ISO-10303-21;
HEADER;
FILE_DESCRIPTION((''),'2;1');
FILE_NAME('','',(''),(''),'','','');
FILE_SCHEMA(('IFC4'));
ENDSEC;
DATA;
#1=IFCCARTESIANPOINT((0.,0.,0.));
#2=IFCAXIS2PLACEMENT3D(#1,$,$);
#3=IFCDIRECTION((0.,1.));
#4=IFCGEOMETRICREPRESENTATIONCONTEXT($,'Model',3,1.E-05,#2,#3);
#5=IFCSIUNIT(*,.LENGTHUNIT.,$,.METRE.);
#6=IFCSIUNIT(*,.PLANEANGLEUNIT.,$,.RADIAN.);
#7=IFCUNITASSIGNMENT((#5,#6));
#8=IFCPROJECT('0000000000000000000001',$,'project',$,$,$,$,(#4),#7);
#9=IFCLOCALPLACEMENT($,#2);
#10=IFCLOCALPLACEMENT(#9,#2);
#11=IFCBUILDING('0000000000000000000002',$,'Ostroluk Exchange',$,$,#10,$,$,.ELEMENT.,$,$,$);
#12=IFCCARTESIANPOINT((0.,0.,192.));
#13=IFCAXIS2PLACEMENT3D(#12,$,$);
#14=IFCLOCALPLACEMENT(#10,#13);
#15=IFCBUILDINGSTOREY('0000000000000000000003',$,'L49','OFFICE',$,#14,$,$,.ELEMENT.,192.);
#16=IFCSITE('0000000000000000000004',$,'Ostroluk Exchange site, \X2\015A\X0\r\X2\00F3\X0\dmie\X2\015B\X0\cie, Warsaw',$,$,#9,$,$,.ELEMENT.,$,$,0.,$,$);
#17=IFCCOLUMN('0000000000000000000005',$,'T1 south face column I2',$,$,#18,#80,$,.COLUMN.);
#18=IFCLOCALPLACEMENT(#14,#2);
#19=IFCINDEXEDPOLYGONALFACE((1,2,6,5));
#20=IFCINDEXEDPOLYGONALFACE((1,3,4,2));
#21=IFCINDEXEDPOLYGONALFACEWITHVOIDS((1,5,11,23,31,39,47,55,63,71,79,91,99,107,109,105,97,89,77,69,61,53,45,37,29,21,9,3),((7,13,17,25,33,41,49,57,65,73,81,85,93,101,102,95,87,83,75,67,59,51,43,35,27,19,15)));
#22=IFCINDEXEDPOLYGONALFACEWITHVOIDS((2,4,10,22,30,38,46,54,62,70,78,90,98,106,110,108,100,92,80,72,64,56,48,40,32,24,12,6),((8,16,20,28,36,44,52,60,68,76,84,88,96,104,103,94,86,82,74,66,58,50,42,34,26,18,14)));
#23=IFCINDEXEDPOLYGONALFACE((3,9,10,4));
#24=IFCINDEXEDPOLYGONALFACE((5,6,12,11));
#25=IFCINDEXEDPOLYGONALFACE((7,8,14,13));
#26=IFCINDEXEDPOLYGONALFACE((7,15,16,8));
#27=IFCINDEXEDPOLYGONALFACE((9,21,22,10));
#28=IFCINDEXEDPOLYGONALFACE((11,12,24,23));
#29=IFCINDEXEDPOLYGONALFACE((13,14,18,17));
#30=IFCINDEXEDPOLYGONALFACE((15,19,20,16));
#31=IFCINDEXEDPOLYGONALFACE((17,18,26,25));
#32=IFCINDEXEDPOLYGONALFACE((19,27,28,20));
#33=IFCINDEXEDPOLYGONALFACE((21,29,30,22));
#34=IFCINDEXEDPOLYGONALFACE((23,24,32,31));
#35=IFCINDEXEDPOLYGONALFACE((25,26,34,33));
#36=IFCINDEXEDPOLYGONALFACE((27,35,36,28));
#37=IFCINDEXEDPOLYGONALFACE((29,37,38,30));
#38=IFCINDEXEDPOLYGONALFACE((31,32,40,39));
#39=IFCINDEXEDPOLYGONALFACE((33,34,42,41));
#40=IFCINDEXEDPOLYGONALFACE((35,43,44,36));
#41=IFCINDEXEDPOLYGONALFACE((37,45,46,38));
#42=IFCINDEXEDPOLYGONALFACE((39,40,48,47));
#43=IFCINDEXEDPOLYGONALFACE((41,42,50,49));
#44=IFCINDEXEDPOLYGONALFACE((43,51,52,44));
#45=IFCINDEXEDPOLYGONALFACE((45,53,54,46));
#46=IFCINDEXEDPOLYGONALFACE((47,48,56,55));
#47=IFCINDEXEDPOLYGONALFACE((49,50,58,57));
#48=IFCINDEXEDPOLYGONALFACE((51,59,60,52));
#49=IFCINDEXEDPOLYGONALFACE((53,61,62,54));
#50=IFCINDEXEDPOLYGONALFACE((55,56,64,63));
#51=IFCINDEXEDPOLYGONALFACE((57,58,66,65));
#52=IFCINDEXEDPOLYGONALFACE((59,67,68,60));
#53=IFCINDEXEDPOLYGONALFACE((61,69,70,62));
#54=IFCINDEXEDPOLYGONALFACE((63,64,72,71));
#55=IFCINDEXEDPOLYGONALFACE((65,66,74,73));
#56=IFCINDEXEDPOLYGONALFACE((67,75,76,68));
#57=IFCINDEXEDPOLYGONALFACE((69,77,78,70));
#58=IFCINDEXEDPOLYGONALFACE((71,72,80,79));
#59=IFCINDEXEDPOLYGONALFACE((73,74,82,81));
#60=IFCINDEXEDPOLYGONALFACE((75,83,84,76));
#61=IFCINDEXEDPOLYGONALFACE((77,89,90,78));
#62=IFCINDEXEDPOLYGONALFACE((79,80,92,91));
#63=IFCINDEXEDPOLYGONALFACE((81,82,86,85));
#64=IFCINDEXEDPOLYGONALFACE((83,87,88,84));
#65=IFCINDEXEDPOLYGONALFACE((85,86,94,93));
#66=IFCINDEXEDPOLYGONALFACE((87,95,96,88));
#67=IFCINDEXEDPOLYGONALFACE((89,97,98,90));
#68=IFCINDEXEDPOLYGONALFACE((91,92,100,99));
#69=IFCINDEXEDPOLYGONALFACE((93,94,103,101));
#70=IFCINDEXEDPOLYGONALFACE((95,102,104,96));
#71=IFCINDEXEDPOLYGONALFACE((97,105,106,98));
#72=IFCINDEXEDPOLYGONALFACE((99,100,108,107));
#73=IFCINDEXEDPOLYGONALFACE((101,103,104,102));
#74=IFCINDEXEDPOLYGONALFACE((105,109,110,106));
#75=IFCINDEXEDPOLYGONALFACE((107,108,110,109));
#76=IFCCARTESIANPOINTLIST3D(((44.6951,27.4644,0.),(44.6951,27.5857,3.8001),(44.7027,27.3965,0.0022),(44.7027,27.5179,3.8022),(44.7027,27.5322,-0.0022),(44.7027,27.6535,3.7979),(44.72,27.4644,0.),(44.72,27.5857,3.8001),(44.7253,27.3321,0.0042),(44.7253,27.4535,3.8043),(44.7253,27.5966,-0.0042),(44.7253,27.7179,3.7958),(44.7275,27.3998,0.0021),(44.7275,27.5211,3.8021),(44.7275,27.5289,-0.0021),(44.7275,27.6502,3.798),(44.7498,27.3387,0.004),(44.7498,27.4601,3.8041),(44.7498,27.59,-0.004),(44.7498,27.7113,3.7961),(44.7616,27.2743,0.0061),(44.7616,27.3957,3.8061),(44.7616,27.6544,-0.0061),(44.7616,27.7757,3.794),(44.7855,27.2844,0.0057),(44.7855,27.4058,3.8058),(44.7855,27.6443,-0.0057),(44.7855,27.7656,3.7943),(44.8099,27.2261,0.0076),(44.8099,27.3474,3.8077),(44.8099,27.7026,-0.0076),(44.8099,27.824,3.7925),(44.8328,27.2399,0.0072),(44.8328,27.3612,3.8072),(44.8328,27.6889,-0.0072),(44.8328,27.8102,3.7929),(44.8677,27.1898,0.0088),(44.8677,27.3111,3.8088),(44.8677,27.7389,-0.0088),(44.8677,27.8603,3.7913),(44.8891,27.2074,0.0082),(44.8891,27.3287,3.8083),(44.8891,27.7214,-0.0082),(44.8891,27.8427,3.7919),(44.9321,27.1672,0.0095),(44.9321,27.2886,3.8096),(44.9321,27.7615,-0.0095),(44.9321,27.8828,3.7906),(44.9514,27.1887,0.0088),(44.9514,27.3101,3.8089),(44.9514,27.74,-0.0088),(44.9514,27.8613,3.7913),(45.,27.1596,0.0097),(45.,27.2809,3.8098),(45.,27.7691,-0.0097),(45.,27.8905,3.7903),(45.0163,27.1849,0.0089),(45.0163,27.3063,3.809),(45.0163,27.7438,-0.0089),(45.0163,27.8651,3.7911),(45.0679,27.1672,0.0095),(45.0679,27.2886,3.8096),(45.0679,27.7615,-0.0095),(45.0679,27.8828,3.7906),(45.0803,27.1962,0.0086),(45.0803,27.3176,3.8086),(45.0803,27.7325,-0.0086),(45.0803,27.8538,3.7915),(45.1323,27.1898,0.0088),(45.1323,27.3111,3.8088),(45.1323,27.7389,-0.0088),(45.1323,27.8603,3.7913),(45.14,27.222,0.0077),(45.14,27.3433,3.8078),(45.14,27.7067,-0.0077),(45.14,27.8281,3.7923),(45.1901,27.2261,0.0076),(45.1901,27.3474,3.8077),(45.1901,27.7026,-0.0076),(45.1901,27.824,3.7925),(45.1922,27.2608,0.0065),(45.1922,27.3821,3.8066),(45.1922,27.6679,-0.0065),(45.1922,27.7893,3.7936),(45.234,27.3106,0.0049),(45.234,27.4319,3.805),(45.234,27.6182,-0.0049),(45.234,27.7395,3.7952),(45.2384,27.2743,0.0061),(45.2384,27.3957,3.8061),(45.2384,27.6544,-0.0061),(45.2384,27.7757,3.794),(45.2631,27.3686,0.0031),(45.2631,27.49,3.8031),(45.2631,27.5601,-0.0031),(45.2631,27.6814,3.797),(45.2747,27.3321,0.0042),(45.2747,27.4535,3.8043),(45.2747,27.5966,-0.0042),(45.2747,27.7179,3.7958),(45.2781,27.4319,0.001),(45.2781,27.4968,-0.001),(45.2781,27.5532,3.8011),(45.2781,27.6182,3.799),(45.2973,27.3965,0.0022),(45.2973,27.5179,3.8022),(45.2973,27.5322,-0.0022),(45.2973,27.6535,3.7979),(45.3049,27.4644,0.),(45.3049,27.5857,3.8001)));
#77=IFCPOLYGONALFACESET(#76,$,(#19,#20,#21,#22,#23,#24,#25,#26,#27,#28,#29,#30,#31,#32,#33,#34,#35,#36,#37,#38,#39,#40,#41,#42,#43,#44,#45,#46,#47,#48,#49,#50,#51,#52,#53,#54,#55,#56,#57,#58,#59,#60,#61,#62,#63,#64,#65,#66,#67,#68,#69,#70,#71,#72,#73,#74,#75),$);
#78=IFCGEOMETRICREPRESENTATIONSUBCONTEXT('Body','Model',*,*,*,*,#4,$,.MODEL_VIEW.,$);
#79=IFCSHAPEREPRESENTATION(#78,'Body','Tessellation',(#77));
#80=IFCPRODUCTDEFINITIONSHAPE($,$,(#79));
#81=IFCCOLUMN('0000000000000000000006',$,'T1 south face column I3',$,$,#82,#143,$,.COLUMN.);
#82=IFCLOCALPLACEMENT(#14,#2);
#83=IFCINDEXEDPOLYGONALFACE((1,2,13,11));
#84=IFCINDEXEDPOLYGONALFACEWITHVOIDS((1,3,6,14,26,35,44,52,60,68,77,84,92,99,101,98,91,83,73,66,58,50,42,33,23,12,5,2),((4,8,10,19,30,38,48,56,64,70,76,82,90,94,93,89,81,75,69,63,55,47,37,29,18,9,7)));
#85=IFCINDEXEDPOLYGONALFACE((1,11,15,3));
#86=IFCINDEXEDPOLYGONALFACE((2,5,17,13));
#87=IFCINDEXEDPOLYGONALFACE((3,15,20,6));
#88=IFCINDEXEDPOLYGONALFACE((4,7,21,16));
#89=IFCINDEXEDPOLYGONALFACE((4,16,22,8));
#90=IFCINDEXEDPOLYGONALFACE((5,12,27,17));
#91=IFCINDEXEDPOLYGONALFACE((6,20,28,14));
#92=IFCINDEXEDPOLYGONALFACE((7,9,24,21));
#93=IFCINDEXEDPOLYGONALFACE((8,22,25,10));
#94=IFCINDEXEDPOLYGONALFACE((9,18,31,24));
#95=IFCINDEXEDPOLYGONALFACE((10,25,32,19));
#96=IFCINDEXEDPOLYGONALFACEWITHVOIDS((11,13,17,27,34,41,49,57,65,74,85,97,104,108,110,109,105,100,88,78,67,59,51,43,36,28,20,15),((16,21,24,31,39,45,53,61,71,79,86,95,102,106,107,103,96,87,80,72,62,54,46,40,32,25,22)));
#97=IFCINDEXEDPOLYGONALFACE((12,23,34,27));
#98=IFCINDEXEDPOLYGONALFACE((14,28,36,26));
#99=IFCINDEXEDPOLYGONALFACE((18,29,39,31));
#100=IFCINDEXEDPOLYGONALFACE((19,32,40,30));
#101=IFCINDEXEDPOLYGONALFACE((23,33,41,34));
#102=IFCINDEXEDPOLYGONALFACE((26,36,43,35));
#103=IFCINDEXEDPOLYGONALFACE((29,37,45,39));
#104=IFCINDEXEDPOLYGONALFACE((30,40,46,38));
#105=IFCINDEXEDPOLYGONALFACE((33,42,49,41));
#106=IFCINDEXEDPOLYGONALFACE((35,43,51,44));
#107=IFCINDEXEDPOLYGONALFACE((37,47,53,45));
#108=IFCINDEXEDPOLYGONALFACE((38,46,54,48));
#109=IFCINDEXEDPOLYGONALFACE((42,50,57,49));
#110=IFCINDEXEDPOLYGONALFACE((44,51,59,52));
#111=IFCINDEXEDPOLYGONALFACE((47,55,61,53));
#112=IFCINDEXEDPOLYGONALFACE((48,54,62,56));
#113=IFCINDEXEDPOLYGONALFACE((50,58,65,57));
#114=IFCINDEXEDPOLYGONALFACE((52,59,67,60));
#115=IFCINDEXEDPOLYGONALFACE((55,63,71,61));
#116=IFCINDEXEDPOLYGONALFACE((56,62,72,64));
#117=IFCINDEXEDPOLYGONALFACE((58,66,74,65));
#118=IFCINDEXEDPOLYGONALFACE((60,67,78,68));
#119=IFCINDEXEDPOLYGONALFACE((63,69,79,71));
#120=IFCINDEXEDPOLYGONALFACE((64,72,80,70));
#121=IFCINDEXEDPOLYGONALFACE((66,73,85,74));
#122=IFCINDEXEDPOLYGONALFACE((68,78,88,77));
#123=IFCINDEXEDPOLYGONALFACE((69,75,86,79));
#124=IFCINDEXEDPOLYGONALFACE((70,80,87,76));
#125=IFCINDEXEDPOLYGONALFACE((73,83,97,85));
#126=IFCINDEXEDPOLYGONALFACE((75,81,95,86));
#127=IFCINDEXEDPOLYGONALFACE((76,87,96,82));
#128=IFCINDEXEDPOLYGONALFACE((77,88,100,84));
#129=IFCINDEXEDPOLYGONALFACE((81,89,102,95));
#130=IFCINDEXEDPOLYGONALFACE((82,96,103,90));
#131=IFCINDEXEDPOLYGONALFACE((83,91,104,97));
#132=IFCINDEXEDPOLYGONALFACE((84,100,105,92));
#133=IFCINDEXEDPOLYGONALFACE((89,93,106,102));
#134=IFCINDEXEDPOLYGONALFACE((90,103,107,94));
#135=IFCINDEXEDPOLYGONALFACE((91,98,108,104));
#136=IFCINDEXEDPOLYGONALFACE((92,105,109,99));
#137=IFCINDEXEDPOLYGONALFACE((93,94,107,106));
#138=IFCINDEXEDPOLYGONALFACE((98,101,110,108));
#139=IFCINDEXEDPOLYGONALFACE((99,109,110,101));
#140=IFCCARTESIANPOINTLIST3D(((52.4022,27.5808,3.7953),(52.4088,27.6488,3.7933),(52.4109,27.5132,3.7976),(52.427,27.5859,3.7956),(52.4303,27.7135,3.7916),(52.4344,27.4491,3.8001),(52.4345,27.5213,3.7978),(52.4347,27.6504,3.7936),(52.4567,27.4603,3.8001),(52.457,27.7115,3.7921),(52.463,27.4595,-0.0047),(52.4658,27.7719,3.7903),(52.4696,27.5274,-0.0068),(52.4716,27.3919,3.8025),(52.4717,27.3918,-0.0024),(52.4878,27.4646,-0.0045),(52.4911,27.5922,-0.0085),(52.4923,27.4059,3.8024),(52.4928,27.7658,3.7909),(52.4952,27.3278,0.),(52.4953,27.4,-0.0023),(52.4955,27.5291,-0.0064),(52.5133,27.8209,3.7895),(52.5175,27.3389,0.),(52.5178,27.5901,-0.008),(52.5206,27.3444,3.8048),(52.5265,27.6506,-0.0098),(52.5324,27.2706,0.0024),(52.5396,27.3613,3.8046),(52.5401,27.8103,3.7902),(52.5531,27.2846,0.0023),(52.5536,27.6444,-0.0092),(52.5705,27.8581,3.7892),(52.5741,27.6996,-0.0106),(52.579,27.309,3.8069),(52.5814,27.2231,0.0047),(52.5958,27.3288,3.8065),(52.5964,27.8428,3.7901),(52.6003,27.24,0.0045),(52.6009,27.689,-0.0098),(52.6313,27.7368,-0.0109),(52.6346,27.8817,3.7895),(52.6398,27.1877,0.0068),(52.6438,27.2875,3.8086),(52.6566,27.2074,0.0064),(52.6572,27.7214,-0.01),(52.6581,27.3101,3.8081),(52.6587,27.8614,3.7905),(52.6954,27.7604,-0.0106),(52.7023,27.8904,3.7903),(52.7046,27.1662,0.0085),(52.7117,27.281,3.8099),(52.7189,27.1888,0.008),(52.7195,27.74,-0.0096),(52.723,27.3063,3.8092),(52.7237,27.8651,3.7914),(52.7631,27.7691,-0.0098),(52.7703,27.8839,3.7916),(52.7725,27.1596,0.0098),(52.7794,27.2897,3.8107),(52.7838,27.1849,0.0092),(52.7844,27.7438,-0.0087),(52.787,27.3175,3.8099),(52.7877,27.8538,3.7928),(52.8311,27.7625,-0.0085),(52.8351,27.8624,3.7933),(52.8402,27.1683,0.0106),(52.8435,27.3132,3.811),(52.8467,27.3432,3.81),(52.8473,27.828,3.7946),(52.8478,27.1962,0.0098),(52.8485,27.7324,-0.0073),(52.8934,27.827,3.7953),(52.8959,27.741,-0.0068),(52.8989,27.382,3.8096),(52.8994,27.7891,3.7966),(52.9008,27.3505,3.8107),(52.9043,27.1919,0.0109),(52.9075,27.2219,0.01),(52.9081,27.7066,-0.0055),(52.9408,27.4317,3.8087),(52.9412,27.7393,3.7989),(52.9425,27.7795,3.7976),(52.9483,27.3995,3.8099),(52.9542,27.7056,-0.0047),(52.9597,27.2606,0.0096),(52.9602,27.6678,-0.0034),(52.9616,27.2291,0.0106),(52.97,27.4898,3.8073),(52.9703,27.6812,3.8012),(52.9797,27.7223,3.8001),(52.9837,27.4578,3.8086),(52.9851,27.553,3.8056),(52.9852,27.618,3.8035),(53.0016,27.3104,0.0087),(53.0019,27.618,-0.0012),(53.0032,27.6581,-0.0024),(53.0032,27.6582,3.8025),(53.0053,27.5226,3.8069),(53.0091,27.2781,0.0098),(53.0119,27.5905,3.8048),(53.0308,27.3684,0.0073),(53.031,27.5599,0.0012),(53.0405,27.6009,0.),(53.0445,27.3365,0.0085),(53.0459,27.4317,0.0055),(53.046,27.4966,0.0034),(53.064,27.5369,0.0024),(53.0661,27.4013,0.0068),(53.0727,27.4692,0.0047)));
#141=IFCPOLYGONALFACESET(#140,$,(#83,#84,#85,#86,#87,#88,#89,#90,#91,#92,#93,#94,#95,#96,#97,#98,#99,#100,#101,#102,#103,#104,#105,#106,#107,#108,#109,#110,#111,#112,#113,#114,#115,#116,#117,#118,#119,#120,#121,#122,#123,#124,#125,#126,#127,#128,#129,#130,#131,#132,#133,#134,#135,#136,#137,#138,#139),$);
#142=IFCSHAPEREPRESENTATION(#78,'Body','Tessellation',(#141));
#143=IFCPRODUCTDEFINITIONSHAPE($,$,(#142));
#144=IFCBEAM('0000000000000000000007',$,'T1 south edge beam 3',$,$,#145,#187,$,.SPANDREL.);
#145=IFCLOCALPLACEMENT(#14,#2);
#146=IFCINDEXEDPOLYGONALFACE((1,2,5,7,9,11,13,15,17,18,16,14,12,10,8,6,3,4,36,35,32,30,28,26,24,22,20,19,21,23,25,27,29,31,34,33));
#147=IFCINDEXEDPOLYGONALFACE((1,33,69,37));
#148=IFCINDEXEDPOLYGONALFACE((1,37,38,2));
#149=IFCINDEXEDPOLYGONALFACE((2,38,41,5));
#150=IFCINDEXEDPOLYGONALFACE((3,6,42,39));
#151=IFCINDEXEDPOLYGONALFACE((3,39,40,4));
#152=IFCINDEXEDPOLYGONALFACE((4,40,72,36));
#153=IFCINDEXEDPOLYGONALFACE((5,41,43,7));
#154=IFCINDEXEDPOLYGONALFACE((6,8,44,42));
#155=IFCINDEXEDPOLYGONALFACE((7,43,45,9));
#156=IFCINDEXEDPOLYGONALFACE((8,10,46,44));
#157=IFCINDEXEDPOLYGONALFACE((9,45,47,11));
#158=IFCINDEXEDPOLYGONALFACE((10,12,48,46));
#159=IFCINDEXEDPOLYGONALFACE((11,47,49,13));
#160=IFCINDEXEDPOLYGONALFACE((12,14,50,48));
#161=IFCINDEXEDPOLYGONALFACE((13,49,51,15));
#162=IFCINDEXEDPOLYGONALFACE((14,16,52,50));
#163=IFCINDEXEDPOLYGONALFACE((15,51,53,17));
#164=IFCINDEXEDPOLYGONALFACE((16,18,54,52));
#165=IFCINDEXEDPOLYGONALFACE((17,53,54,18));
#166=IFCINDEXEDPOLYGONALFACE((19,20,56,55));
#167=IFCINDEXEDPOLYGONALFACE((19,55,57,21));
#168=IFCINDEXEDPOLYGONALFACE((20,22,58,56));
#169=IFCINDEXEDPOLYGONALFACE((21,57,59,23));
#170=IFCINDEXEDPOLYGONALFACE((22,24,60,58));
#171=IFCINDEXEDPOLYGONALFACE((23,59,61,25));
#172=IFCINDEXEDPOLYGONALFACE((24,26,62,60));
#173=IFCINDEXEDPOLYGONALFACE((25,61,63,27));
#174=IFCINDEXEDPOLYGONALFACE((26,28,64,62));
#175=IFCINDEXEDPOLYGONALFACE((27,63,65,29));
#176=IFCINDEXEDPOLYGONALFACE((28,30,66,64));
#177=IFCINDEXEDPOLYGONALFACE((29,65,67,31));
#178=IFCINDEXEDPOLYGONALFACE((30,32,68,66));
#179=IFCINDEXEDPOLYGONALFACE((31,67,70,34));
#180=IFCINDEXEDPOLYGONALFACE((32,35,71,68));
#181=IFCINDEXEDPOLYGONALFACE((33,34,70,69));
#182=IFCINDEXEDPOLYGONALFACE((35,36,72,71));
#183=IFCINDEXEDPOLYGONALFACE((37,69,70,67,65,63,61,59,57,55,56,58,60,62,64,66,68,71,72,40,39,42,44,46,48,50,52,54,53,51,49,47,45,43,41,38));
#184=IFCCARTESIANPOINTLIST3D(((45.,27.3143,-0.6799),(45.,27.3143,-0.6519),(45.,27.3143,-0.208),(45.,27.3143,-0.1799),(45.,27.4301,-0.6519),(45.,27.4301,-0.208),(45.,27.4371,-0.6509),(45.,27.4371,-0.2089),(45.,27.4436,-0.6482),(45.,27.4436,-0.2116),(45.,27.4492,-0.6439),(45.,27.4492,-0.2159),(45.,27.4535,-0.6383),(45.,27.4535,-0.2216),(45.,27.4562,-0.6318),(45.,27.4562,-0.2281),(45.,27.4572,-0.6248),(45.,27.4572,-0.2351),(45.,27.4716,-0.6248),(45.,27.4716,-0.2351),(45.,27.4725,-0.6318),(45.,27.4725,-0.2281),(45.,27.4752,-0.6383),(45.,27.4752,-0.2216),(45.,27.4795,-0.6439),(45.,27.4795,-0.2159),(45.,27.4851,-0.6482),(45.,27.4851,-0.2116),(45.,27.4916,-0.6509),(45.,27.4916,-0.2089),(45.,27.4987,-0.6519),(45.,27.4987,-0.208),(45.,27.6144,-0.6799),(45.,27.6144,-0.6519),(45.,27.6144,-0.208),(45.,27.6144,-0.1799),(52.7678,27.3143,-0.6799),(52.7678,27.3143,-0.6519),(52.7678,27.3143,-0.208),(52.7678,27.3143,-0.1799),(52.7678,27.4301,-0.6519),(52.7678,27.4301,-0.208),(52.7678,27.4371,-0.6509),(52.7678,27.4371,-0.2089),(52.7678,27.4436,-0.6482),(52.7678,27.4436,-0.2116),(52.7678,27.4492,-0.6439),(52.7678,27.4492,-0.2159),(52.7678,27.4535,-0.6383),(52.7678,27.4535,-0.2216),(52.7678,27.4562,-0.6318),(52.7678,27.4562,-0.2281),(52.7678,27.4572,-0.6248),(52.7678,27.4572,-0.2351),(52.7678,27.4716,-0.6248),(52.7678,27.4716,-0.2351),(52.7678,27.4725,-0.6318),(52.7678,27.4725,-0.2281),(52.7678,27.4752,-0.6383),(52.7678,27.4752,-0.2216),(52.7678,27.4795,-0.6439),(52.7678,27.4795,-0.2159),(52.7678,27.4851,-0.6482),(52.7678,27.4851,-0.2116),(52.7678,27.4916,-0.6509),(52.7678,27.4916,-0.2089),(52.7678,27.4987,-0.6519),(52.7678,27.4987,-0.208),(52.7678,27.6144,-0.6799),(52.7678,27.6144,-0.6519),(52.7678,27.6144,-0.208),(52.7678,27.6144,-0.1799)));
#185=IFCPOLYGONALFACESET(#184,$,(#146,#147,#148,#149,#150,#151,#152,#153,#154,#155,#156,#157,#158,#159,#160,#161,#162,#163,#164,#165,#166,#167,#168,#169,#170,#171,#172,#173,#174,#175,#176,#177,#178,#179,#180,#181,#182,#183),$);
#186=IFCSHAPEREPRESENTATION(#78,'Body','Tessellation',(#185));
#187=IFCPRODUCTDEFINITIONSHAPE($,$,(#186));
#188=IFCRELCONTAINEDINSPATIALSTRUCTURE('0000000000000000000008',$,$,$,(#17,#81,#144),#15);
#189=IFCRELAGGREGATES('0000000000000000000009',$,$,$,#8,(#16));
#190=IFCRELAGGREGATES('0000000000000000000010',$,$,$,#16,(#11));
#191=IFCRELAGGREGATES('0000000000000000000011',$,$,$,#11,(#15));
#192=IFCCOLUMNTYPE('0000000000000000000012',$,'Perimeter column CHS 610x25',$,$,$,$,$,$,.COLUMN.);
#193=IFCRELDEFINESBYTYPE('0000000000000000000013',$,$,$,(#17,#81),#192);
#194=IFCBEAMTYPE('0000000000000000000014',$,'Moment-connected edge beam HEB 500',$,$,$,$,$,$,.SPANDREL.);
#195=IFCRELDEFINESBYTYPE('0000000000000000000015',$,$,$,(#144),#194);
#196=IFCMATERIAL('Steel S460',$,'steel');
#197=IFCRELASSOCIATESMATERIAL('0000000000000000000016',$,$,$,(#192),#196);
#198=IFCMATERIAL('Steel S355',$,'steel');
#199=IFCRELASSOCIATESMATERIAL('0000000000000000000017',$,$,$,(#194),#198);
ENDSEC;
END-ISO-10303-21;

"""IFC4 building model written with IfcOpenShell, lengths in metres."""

from ifc_helpers import new_model, si_unit, direction, frame, origin, origin_2d, place, context, subcontext, project, spatial, hollow_circle, i_section, extrude, material, material_profile, profile_set, type_object, element, save


model = new_model("IFC4")

# Units and contexts
model_context = context("Model", 3, precision=1e-05, world=origin(), true_north=direction((0.0, 1.0)))
body_context = subcontext(model_context, "Body", "Model", "MODEL_VIEW")
ifc_project = project(units=[si_unit("LENGTHUNIT", "METRE"), si_unit("PLANEANGLEUNIT", "RADIAN")], contexts=[model_context])

# Site, building, storey
site_placement = place(None, origin())
site = spatial("IfcSite", under=ifc_project, at=site_placement, Name="Ostroluk Exchange site, Śródmieście, Warsaw", CompositionType="ELEMENT", RefElevation=0.0)
building_placement = place(site_placement, origin())
building = spatial("IfcBuilding", under=site, at=building_placement, Name="Ostroluk Exchange", CompositionType="ELEMENT")
storey_placement = place(building_placement, frame((0.0, 0.0, 192.0)))
storey = spatial("IfcBuildingStorey", under=building, at=storey_placement, Name="L49", Description="OFFICE", CompositionType="ELEMENT", Elevation=192.0)

# Columns
ifc_material_1 = material(Name="Steel S460", Category="steel")
ifc_material_profile_1 = material_profile(ifc_material_1, hollow_circle(Radius=0.3049, WallThickness=0.0249, at=origin_2d()), Name="CHS 610x25")
ifc_profile_set_1 = profile_set([ifc_material_profile_1], Name="Steel S460")
column_type = type_object("IfcColumnType", Name="Perimeter column CHS 610x25", PredefinedType="COLUMN", material=ifc_profile_set_1)
column_1_placement = place(storey_placement, frame((45.0, 27.4644, 0.0), z_axis=(0.0, 0.031914, 0.999491), x_axis=(-1.0, 0.0, 0.0)))
element("IfcColumn", 1, at=column_1_placement, inside=storey, type_object=column_type, Name="T1 south face column I2", PredefinedType="COLUMN", context=body_context, shape_type="SweptSolid", body=[
    extrude(hollow_circle(Radius=0.3049, WallThickness=0.0249, at=origin_2d()), origin(), (0.0, 0.0, 1.0), 3.802),
])
column_2_placement = place(storey_placement, frame((52.7678, 27.4644, 0.0), z_axis=(-0.015987, 0.03191, 0.999363), x_axis=(-0.894067, -0.447933, 0.0)))
element("IfcColumn", 2, at=column_2_placement, inside=storey, type_object=column_type, Name="T1 south face column I3", PredefinedType="COLUMN", context=body_context, shape_type="SweptSolid", body=[
    extrude(hollow_circle(Radius=0.3049, WallThickness=0.0249, at=origin_2d()), origin(), (0.0, 0.0, 1.0), 3.8025),
])

# Beam
ifc_material_2 = material(Name="Steel S355", Category="steel")
ifc_material_profile_2 = material_profile(ifc_material_2, i_section(OverallWidth=0.3, OverallDepth=0.5, WebThickness=0.0144, FlangeThickness=0.0281, FilletRadius=0.0271, at=origin_2d()), Name="HEB 500")
ifc_profile_set_2 = profile_set([ifc_material_profile_2], Name="Steel S355")
beam_type = type_object("IfcBeamType", Name="Moment-connected edge beam HEB 500", PredefinedType="SPANDREL", material=ifc_profile_set_2)
for number, where, z_axis, x_axis, name in (
    (3, (45.0, 27.4644, -0.4299), (1.0, 0.0, 0.0), (0.0, 1.0, 0.0), "T1 south edge beam 3"),
):
    element("IfcBeam", number, at=place(storey_placement, frame(where, z_axis=z_axis, x_axis=x_axis)), inside=storey, type_object=beam_type, Name=name, PredefinedType="SPANDREL", context=body_context, shape_type="SweptSolid", body=[
        extrude(i_section(OverallWidth=0.3, OverallDepth=0.5, WebThickness=0.0144, FlangeThickness=0.0281, FilletRadius=0.0271, at=origin_2d()), origin(), (0.0, 0.0, 1.0), 7.7678),
    ])

save(model, "model.ifc")
